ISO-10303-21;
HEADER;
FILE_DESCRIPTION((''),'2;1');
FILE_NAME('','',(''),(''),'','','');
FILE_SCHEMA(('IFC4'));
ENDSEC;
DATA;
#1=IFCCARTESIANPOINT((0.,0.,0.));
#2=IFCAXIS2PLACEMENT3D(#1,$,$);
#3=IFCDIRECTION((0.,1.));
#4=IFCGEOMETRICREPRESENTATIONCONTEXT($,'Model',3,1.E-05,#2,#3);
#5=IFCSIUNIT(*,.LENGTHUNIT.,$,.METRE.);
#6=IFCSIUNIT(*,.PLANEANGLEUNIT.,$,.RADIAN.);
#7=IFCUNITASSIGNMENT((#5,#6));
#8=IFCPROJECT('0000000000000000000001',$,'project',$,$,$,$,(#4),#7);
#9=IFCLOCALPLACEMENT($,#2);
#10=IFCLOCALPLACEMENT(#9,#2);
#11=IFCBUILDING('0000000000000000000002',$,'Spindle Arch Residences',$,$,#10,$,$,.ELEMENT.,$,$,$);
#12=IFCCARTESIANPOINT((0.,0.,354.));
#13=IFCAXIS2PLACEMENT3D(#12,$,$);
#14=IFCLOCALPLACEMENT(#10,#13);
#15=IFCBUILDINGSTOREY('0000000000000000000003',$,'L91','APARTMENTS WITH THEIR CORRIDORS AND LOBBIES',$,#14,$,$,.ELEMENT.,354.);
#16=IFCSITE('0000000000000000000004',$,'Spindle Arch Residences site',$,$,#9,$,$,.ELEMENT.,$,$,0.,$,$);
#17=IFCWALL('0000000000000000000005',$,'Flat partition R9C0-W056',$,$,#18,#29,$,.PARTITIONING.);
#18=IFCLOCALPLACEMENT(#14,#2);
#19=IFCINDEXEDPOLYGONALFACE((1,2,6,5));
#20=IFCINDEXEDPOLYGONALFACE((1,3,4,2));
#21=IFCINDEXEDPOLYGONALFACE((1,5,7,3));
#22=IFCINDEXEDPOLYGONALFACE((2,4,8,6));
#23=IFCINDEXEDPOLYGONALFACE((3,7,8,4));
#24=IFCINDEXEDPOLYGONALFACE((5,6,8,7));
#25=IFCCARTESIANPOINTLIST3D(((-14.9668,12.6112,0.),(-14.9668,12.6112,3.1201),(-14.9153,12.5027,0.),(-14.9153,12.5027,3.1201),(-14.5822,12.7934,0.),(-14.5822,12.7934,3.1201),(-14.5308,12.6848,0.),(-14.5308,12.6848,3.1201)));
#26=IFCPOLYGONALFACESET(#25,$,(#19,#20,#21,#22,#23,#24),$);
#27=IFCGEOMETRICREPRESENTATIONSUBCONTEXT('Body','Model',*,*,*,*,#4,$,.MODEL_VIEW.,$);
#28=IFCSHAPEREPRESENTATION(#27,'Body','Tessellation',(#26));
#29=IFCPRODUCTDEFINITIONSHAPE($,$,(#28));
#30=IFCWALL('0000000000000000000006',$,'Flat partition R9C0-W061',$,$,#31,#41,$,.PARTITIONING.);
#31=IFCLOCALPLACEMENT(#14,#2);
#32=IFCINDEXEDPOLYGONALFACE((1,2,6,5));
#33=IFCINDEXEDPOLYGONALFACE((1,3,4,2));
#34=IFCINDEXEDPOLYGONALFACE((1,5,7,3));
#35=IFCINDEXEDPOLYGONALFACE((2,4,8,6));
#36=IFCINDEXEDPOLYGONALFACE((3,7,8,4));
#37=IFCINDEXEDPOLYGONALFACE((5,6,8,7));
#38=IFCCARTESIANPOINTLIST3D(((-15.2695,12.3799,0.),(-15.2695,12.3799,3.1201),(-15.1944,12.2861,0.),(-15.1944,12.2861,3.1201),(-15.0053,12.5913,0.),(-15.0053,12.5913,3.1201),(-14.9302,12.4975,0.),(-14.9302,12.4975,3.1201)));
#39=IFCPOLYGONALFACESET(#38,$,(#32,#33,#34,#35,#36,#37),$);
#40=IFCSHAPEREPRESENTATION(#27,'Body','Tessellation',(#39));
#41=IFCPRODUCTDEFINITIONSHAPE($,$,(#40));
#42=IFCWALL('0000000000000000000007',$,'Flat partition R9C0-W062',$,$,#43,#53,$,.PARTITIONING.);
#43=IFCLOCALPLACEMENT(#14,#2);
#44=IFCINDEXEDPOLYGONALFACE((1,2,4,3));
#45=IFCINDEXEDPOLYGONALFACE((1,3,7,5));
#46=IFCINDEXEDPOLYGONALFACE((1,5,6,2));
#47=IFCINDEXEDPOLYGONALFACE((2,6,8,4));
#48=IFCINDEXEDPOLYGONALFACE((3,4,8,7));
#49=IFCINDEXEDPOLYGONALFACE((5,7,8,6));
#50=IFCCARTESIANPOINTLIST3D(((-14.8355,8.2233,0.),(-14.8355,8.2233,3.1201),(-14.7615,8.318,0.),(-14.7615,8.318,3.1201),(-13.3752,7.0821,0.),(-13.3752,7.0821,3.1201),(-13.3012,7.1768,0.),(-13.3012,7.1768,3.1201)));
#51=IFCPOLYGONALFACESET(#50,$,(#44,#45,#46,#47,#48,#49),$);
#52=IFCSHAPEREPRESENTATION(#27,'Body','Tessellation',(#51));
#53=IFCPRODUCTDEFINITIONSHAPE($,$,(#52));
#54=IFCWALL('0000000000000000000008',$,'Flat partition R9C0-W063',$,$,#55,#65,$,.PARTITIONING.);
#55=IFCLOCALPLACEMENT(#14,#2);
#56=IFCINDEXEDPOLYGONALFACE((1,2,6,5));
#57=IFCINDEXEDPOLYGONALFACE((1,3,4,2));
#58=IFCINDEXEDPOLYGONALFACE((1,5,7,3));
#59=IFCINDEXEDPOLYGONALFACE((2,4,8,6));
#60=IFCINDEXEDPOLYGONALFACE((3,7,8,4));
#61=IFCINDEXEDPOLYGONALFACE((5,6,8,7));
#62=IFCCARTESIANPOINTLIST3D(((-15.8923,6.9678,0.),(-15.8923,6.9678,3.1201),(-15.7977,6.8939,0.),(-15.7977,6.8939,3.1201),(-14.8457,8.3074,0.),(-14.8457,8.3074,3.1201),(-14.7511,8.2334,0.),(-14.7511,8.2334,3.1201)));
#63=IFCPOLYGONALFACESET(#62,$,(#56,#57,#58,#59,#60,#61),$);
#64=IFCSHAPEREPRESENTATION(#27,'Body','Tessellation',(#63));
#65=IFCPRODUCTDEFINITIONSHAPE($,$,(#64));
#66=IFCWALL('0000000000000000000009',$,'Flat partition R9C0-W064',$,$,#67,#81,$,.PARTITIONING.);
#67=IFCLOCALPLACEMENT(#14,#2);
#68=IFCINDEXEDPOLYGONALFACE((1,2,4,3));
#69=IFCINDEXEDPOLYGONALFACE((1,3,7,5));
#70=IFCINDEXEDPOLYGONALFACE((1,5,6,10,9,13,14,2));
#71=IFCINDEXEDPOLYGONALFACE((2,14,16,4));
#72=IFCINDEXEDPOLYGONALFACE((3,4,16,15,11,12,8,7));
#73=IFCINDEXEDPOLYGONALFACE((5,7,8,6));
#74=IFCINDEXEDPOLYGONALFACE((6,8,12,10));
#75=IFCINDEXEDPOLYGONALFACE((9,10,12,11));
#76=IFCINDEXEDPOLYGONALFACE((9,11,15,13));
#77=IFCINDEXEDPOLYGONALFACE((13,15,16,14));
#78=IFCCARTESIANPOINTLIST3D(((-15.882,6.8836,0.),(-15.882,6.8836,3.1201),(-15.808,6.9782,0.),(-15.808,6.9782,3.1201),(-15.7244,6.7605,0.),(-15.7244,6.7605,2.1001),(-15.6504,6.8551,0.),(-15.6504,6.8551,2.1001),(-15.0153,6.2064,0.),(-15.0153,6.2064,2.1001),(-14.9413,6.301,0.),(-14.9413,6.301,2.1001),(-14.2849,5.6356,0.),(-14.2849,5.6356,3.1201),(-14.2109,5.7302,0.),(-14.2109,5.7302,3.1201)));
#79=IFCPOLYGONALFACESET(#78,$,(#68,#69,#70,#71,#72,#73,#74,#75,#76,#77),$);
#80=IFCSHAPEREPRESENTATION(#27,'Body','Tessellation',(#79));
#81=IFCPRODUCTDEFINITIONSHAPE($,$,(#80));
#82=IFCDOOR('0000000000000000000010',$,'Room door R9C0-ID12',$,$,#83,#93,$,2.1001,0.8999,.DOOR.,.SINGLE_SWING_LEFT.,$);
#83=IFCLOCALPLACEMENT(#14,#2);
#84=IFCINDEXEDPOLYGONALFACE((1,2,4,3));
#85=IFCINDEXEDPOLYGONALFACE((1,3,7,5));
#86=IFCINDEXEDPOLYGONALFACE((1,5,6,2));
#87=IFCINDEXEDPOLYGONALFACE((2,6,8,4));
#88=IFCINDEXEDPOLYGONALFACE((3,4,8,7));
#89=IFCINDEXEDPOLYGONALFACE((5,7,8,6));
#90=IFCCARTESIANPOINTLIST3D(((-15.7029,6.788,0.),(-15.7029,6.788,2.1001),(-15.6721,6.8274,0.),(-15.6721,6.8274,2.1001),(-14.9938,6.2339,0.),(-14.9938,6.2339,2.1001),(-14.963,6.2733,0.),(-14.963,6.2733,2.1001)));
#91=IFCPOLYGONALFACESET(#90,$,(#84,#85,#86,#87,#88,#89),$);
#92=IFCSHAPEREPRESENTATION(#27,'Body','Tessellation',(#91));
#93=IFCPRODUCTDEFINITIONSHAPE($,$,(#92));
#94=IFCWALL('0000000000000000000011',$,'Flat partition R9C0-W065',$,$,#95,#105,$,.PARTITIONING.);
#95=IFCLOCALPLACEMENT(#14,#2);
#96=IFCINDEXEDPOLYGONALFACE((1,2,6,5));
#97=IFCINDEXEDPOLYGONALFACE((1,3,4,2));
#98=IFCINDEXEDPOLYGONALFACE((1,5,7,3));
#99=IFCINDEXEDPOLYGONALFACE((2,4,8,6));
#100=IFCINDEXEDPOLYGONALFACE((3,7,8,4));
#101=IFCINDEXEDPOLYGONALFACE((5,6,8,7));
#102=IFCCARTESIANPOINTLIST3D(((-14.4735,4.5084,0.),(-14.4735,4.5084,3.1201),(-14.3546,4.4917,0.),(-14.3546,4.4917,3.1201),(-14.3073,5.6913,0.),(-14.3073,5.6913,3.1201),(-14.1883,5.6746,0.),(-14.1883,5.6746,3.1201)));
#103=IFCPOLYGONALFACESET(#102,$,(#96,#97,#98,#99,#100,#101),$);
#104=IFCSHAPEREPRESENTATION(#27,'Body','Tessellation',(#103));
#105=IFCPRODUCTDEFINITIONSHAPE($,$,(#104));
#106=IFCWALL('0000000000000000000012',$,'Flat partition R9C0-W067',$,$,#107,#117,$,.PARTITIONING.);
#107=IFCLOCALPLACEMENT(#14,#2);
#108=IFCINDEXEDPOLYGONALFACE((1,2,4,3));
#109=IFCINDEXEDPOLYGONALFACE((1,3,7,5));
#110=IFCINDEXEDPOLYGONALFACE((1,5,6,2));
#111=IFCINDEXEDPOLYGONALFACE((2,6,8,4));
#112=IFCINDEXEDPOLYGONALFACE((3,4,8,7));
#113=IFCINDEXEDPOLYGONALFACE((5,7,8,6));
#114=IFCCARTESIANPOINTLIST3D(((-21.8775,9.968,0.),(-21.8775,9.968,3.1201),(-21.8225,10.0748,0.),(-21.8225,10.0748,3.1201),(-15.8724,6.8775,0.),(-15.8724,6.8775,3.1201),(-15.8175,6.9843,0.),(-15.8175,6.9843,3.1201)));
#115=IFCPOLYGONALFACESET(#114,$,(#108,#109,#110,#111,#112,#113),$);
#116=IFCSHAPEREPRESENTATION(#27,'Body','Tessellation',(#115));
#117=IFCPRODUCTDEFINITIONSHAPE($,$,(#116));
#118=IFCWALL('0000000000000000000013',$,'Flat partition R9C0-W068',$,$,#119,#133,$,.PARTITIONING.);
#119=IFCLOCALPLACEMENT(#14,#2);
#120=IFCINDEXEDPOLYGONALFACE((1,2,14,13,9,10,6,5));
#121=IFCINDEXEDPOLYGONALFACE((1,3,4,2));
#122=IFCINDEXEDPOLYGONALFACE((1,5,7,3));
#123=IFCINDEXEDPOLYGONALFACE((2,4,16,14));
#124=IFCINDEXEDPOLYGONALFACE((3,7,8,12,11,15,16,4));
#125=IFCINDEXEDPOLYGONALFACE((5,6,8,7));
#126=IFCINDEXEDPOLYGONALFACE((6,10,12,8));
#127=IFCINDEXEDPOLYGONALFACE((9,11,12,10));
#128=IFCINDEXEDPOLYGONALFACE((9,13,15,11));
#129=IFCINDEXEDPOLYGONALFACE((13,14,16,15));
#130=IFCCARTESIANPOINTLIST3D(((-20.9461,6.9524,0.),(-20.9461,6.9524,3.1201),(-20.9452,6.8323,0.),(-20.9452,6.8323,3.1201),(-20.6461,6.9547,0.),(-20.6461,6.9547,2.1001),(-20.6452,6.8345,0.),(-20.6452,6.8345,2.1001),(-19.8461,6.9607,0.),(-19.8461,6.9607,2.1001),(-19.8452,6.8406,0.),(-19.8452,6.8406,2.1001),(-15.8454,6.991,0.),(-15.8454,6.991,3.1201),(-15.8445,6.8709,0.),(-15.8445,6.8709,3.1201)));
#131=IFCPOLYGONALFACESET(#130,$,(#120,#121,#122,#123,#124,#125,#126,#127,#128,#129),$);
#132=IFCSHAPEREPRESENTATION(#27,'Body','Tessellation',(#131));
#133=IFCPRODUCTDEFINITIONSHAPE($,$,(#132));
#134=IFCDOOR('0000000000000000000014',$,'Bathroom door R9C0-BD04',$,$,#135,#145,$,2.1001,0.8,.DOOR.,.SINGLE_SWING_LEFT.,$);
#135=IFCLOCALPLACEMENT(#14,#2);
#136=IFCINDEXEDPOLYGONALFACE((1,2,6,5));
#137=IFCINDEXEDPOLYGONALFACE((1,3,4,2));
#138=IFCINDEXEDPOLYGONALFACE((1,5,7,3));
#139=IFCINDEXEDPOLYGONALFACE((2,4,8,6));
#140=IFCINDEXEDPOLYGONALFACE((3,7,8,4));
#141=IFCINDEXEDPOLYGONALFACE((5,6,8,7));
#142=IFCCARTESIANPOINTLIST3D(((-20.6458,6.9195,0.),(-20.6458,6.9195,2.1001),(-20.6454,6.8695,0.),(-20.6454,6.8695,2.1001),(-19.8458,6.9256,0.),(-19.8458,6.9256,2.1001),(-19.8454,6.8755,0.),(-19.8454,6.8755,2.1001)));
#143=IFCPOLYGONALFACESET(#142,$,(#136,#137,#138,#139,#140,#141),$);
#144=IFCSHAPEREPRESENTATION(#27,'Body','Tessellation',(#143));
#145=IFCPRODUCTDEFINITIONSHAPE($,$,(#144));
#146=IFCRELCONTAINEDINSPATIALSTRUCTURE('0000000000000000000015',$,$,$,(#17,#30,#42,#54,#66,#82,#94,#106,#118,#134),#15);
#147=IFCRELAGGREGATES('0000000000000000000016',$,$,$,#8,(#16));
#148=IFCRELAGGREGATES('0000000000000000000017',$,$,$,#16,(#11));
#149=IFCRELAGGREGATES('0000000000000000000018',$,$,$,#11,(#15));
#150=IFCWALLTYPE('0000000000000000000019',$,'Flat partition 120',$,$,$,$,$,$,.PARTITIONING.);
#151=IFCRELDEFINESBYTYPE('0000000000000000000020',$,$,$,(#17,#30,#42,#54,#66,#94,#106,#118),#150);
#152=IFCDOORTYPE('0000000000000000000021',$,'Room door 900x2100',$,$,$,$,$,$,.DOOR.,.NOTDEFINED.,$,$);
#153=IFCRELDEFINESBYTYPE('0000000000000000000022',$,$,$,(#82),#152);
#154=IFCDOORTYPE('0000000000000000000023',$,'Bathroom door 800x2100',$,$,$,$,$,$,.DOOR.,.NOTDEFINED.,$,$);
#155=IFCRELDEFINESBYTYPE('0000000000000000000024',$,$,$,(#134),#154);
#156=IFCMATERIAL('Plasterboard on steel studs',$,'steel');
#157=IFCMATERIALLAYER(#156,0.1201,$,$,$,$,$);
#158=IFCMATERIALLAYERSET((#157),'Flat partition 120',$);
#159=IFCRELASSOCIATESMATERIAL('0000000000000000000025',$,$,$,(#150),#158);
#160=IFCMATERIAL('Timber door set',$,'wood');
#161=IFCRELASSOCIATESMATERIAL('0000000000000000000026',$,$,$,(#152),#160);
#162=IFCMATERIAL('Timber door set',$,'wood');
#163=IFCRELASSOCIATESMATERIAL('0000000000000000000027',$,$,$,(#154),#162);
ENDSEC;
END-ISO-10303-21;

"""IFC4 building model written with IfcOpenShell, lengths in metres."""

from ifc_helpers import new_model, si_unit, direction, frame, frame_2d, origin, place, context, subcontext, project, spatial, rectangle, extrude, material, layer, layer_set, type_object, element, fill, save


model = new_model("IFC4")

# Units and contexts
model_context = context("Model", 3, precision=1e-05, world=origin(), true_north=direction((0.0, 1.0)))
body_context = subcontext(model_context, "Body", "Model", "MODEL_VIEW")
ifc_project = project(units=[si_unit("LENGTHUNIT", "METRE"), si_unit("PLANEANGLEUNIT", "RADIAN")], contexts=[model_context])

# Site, building, storey
site_placement = place(None, origin())
site = spatial("IfcSite", under=ifc_project, at=site_placement, Name="Spindle Arch Residences site", CompositionType="ELEMENT", RefElevation=0.0)
building_placement = place(site_placement, origin())
building = spatial("IfcBuilding", under=site, at=building_placement, Name="Spindle Arch Residences", CompositionType="ELEMENT")
storey_placement = place(building_placement, frame((0.0, 0.0, 354.0)))
storey = spatial("IfcBuildingStorey", under=building, at=storey_placement, Name="L91", Description="APARTMENTS WITH THEIR CORRIDORS AND LOBBIES", CompositionType="ELEMENT", Elevation=354.0)

# Walls
ifc_material_1 = material(Name="Plasterboard on steel studs", Category="steel")
ifc_layer_1 = layer(ifc_material_1, 0.1201)
ifc_layer_set_1 = layer_set([ifc_layer_1], Name="Flat partition 120")
wall_type = type_object("IfcWallType", Name="Flat partition 120", PredefinedType="PARTITIONING", material=ifc_layer_set_1)
wall_1_placement = place(storey_placement, frame((-14.9412, 12.5569, 0.0), z_axis=(0.0, 0.0, 1.0), x_axis=(0.90375, 0.428062, 0.0)))
element("IfcWall", 1, at=wall_1_placement, inside=storey, type_object=wall_type, Name="Flat partition R9C0-W056", PredefinedType="PARTITIONING", context=body_context, shape_type="SweptSolid", body=[
    extrude(rectangle(XDim=0.4255, YDim=0.1201, at=frame_2d((0.2129, 0.0))), origin(), (0.0, 0.0, 1.0), 3.1201),
])
wall_2_placement = place(storey_placement, frame((-14.9678, 12.5444, 0.0), z_axis=(0.0, 0.0, 1.0), x_axis=(-0.780728, -0.624871, 0.0)))
element("IfcWall", 2, at=wall_2_placement, inside=storey, type_object=wall_type, Name="Flat partition R9C0-W061", PredefinedType="PARTITIONING", context=body_context, shape_type="SweptSolid", body=[
    extrude(rectangle(XDim=0.3384, YDim=0.1201, at=frame_2d((0.1692, 0.0))), origin(), (0.0, 0.0, 1.0), 3.1201),
])
wall_3_placement = place(storey_placement, frame((-13.3381, 7.1294, 0.0), z_axis=(0.0, 0.0, 1.0), x_axis=(-0.787938, 0.615754, 0.0)))
element("IfcWall", 3, at=wall_3_placement, inside=storey, type_object=wall_type, Name="Flat partition R9C0-W062", PredefinedType="PARTITIONING", context=body_context, shape_type="SweptSolid", body=[
    extrude(rectangle(XDim=1.8533, YDim=0.1201, at=frame_2d((0.9268, 0.0))), origin(), (0.0, 0.0, 1.0), 3.1201),
])
wall_4_placement = place(storey_placement, frame((-14.7983, 8.2705, 0.0), z_axis=(0.0, 0.0, 1.0), x_axis=(-0.615669, -0.788005, 0.0)))
element("IfcWall", 4, at=wall_4_placement, inside=storey, type_object=wall_type, Name="Flat partition R9C0-W063", PredefinedType="PARTITIONING", context=body_context, shape_type="SweptSolid", body=[
    extrude(rectangle(XDim=1.7, YDim=0.1201, at=frame_2d((0.8501, 0.0))), origin(), (0.0, 0.0, 1.0), 3.1201),
])

# Wall, opening, door
wall_5_placement = place(storey_placement, frame((-15.845, 6.9309, 0.0), z_axis=(0.0, 0.0, 1.0), x_axis=(0.787962, -0.615724, 0.0)))
wall_5 = element("IfcWall", 5, at=wall_5_placement, inside=storey, type_object=wall_type, Name="Flat partition R9C0-W064", PredefinedType="PARTITIONING", context=body_context, shape_type="SweptSolid", body=[
    extrude(rectangle(XDim=2.0269, YDim=0.1201, at=frame_2d((1.0134, 0.0))), origin(), (0.0, 0.0, 1.0), 3.1201),
])
opening_1_placement = place(wall_5_placement, frame((0.2, 0.0, 0.0)))
opening_1 = element("IfcOpeningElement", 6, at=opening_1_placement, cuts=wall_5, PredefinedType="OPENING", context=body_context, shape_type="SweptSolid", body=[
    extrude(rectangle(XDim=0.8999, YDim=2.1001, at=frame_2d((0.45, 1.05))), frame((0.0, 0.0701, 0.0), z_axis=(0.0, -1.0, 0.0), x_axis=(1.0, 0.0, 0.0)), (0.0, 0.0, 1.0), 0.1401),
])
ifc_material_2 = material(Name="Timber door set", Category="wood")
door_type_1 = type_object("IfcDoorType", Name="Room door 900x2100", OperationType="NOTDEFINED", PredefinedType="DOOR", material=ifc_material_2)
door_1_placement = place(opening_1_placement, origin())
door_1 = element("IfcDoor", 7, at=door_1_placement, inside=storey, type_object=door_type_1, Name="Room door R9C0-ID12", OperationType="SINGLE_SWING_LEFT", OverallHeight=2.1001, OverallWidth=0.8999, PredefinedType="DOOR", context=body_context, shape_type="SweptSolid", body=[
    extrude(rectangle(XDim=0.8999, YDim=2.1001, at=frame_2d((0.45, 1.05))), frame((0.0, 0.0249, 0.0), z_axis=(0.0, -1.0, 0.0), x_axis=(1.0, 0.0, 0.0)), (0.0, 0.0, 1.0), 0.05),
])
fill(opening_1, door_1)

# Walls
wall_6_placement = place(storey_placement, frame((-14.2478, 5.6829, 0.0), z_axis=(0.0, 0.0, 1.0), x_axis=(-0.139189, -0.990266, 0.0)))
element("IfcWall", 8, at=wall_6_placement, inside=storey, type_object=wall_type, Name="Flat partition R9C0-W065", PredefinedType="PARTITIONING", context=body_context, shape_type="SweptSolid", body=[
    extrude(rectangle(XDim=1.1946, YDim=0.1201, at=frame_2d((0.5972, 0.0))), origin(), (0.0, 0.0, 1.0), 3.1201),
])
wall_7_placement = place(storey_placement, frame((-21.8501, 10.0215, 0.0), z_axis=(0.0, 0.0, 1.0), x_axis=(0.889154, -0.457609, 0.0)))
element("IfcWall", 9, at=wall_7_placement, inside=storey, type_object=wall_type, Name="Flat partition R9C0-W067", PredefinedType="PARTITIONING", context=body_context, shape_type="SweptSolid", body=[
    extrude(rectangle(XDim=6.7537, YDim=0.1201, at=frame_2d((3.377, 0.0))), origin(), (0.0, 0.0, 1.0), 3.1201),
])

# Wall, opening, door
wall_8_placement = place(storey_placement, frame((-20.9456, 6.8923, 0.0), z_axis=(0.0, 0.0, 1.0), x_axis=(0.999971, 0.007562, 0.0)))
wall_8 = element("IfcWall", 10, at=wall_8_placement, inside=storey, type_object=wall_type, Name="Flat partition R9C0-W068", PredefinedType="PARTITIONING", context=body_context, shape_type="SweptSolid", body=[
    extrude(rectangle(XDim=5.1008, YDim=0.1201, at=frame_2d((2.5503, 0.0))), origin(), (0.0, 0.0, 1.0), 3.1201),
])
opening_2_placement = place(wall_8_placement, frame((0.3, 0.0, 0.0)))
opening_2 = element("IfcOpeningElement", 11, at=opening_2_placement, cuts=wall_8, PredefinedType="OPENING", context=body_context, shape_type="SweptSolid", body=[
    extrude(rectangle(XDim=0.8, YDim=2.1001, at=frame_2d((0.3999, 1.05))), frame((0.0, 0.0701, 0.0), z_axis=(0.0, -1.0, 0.0), x_axis=(1.0, 0.0, 0.0)), (0.0, 0.0, 1.0), 0.1401),
])
ifc_material_3 = material(Name="Timber door set", Category="wood")
door_type_2 = type_object("IfcDoorType", Name="Bathroom door 800x2100", OperationType="NOTDEFINED", PredefinedType="DOOR", material=ifc_material_3)
door_2_placement = place(opening_2_placement, origin())
door_2 = element("IfcDoor", 12, at=door_2_placement, inside=storey, type_object=door_type_2, Name="Bathroom door R9C0-BD04", OperationType="SINGLE_SWING_LEFT", OverallHeight=2.1001, OverallWidth=0.8, PredefinedType="DOOR", context=body_context, shape_type="SweptSolid", body=[
    extrude(rectangle(XDim=0.8, YDim=2.1001, at=frame_2d((0.3999, 1.05))), frame((0.0, 0.0249, 0.0), z_axis=(0.0, -1.0, 0.0), x_axis=(1.0, 0.0, 0.0)), (0.0, 0.0, 1.0), 0.05),
])
fill(opening_2, door_2)

save(model, "model.ifc")
